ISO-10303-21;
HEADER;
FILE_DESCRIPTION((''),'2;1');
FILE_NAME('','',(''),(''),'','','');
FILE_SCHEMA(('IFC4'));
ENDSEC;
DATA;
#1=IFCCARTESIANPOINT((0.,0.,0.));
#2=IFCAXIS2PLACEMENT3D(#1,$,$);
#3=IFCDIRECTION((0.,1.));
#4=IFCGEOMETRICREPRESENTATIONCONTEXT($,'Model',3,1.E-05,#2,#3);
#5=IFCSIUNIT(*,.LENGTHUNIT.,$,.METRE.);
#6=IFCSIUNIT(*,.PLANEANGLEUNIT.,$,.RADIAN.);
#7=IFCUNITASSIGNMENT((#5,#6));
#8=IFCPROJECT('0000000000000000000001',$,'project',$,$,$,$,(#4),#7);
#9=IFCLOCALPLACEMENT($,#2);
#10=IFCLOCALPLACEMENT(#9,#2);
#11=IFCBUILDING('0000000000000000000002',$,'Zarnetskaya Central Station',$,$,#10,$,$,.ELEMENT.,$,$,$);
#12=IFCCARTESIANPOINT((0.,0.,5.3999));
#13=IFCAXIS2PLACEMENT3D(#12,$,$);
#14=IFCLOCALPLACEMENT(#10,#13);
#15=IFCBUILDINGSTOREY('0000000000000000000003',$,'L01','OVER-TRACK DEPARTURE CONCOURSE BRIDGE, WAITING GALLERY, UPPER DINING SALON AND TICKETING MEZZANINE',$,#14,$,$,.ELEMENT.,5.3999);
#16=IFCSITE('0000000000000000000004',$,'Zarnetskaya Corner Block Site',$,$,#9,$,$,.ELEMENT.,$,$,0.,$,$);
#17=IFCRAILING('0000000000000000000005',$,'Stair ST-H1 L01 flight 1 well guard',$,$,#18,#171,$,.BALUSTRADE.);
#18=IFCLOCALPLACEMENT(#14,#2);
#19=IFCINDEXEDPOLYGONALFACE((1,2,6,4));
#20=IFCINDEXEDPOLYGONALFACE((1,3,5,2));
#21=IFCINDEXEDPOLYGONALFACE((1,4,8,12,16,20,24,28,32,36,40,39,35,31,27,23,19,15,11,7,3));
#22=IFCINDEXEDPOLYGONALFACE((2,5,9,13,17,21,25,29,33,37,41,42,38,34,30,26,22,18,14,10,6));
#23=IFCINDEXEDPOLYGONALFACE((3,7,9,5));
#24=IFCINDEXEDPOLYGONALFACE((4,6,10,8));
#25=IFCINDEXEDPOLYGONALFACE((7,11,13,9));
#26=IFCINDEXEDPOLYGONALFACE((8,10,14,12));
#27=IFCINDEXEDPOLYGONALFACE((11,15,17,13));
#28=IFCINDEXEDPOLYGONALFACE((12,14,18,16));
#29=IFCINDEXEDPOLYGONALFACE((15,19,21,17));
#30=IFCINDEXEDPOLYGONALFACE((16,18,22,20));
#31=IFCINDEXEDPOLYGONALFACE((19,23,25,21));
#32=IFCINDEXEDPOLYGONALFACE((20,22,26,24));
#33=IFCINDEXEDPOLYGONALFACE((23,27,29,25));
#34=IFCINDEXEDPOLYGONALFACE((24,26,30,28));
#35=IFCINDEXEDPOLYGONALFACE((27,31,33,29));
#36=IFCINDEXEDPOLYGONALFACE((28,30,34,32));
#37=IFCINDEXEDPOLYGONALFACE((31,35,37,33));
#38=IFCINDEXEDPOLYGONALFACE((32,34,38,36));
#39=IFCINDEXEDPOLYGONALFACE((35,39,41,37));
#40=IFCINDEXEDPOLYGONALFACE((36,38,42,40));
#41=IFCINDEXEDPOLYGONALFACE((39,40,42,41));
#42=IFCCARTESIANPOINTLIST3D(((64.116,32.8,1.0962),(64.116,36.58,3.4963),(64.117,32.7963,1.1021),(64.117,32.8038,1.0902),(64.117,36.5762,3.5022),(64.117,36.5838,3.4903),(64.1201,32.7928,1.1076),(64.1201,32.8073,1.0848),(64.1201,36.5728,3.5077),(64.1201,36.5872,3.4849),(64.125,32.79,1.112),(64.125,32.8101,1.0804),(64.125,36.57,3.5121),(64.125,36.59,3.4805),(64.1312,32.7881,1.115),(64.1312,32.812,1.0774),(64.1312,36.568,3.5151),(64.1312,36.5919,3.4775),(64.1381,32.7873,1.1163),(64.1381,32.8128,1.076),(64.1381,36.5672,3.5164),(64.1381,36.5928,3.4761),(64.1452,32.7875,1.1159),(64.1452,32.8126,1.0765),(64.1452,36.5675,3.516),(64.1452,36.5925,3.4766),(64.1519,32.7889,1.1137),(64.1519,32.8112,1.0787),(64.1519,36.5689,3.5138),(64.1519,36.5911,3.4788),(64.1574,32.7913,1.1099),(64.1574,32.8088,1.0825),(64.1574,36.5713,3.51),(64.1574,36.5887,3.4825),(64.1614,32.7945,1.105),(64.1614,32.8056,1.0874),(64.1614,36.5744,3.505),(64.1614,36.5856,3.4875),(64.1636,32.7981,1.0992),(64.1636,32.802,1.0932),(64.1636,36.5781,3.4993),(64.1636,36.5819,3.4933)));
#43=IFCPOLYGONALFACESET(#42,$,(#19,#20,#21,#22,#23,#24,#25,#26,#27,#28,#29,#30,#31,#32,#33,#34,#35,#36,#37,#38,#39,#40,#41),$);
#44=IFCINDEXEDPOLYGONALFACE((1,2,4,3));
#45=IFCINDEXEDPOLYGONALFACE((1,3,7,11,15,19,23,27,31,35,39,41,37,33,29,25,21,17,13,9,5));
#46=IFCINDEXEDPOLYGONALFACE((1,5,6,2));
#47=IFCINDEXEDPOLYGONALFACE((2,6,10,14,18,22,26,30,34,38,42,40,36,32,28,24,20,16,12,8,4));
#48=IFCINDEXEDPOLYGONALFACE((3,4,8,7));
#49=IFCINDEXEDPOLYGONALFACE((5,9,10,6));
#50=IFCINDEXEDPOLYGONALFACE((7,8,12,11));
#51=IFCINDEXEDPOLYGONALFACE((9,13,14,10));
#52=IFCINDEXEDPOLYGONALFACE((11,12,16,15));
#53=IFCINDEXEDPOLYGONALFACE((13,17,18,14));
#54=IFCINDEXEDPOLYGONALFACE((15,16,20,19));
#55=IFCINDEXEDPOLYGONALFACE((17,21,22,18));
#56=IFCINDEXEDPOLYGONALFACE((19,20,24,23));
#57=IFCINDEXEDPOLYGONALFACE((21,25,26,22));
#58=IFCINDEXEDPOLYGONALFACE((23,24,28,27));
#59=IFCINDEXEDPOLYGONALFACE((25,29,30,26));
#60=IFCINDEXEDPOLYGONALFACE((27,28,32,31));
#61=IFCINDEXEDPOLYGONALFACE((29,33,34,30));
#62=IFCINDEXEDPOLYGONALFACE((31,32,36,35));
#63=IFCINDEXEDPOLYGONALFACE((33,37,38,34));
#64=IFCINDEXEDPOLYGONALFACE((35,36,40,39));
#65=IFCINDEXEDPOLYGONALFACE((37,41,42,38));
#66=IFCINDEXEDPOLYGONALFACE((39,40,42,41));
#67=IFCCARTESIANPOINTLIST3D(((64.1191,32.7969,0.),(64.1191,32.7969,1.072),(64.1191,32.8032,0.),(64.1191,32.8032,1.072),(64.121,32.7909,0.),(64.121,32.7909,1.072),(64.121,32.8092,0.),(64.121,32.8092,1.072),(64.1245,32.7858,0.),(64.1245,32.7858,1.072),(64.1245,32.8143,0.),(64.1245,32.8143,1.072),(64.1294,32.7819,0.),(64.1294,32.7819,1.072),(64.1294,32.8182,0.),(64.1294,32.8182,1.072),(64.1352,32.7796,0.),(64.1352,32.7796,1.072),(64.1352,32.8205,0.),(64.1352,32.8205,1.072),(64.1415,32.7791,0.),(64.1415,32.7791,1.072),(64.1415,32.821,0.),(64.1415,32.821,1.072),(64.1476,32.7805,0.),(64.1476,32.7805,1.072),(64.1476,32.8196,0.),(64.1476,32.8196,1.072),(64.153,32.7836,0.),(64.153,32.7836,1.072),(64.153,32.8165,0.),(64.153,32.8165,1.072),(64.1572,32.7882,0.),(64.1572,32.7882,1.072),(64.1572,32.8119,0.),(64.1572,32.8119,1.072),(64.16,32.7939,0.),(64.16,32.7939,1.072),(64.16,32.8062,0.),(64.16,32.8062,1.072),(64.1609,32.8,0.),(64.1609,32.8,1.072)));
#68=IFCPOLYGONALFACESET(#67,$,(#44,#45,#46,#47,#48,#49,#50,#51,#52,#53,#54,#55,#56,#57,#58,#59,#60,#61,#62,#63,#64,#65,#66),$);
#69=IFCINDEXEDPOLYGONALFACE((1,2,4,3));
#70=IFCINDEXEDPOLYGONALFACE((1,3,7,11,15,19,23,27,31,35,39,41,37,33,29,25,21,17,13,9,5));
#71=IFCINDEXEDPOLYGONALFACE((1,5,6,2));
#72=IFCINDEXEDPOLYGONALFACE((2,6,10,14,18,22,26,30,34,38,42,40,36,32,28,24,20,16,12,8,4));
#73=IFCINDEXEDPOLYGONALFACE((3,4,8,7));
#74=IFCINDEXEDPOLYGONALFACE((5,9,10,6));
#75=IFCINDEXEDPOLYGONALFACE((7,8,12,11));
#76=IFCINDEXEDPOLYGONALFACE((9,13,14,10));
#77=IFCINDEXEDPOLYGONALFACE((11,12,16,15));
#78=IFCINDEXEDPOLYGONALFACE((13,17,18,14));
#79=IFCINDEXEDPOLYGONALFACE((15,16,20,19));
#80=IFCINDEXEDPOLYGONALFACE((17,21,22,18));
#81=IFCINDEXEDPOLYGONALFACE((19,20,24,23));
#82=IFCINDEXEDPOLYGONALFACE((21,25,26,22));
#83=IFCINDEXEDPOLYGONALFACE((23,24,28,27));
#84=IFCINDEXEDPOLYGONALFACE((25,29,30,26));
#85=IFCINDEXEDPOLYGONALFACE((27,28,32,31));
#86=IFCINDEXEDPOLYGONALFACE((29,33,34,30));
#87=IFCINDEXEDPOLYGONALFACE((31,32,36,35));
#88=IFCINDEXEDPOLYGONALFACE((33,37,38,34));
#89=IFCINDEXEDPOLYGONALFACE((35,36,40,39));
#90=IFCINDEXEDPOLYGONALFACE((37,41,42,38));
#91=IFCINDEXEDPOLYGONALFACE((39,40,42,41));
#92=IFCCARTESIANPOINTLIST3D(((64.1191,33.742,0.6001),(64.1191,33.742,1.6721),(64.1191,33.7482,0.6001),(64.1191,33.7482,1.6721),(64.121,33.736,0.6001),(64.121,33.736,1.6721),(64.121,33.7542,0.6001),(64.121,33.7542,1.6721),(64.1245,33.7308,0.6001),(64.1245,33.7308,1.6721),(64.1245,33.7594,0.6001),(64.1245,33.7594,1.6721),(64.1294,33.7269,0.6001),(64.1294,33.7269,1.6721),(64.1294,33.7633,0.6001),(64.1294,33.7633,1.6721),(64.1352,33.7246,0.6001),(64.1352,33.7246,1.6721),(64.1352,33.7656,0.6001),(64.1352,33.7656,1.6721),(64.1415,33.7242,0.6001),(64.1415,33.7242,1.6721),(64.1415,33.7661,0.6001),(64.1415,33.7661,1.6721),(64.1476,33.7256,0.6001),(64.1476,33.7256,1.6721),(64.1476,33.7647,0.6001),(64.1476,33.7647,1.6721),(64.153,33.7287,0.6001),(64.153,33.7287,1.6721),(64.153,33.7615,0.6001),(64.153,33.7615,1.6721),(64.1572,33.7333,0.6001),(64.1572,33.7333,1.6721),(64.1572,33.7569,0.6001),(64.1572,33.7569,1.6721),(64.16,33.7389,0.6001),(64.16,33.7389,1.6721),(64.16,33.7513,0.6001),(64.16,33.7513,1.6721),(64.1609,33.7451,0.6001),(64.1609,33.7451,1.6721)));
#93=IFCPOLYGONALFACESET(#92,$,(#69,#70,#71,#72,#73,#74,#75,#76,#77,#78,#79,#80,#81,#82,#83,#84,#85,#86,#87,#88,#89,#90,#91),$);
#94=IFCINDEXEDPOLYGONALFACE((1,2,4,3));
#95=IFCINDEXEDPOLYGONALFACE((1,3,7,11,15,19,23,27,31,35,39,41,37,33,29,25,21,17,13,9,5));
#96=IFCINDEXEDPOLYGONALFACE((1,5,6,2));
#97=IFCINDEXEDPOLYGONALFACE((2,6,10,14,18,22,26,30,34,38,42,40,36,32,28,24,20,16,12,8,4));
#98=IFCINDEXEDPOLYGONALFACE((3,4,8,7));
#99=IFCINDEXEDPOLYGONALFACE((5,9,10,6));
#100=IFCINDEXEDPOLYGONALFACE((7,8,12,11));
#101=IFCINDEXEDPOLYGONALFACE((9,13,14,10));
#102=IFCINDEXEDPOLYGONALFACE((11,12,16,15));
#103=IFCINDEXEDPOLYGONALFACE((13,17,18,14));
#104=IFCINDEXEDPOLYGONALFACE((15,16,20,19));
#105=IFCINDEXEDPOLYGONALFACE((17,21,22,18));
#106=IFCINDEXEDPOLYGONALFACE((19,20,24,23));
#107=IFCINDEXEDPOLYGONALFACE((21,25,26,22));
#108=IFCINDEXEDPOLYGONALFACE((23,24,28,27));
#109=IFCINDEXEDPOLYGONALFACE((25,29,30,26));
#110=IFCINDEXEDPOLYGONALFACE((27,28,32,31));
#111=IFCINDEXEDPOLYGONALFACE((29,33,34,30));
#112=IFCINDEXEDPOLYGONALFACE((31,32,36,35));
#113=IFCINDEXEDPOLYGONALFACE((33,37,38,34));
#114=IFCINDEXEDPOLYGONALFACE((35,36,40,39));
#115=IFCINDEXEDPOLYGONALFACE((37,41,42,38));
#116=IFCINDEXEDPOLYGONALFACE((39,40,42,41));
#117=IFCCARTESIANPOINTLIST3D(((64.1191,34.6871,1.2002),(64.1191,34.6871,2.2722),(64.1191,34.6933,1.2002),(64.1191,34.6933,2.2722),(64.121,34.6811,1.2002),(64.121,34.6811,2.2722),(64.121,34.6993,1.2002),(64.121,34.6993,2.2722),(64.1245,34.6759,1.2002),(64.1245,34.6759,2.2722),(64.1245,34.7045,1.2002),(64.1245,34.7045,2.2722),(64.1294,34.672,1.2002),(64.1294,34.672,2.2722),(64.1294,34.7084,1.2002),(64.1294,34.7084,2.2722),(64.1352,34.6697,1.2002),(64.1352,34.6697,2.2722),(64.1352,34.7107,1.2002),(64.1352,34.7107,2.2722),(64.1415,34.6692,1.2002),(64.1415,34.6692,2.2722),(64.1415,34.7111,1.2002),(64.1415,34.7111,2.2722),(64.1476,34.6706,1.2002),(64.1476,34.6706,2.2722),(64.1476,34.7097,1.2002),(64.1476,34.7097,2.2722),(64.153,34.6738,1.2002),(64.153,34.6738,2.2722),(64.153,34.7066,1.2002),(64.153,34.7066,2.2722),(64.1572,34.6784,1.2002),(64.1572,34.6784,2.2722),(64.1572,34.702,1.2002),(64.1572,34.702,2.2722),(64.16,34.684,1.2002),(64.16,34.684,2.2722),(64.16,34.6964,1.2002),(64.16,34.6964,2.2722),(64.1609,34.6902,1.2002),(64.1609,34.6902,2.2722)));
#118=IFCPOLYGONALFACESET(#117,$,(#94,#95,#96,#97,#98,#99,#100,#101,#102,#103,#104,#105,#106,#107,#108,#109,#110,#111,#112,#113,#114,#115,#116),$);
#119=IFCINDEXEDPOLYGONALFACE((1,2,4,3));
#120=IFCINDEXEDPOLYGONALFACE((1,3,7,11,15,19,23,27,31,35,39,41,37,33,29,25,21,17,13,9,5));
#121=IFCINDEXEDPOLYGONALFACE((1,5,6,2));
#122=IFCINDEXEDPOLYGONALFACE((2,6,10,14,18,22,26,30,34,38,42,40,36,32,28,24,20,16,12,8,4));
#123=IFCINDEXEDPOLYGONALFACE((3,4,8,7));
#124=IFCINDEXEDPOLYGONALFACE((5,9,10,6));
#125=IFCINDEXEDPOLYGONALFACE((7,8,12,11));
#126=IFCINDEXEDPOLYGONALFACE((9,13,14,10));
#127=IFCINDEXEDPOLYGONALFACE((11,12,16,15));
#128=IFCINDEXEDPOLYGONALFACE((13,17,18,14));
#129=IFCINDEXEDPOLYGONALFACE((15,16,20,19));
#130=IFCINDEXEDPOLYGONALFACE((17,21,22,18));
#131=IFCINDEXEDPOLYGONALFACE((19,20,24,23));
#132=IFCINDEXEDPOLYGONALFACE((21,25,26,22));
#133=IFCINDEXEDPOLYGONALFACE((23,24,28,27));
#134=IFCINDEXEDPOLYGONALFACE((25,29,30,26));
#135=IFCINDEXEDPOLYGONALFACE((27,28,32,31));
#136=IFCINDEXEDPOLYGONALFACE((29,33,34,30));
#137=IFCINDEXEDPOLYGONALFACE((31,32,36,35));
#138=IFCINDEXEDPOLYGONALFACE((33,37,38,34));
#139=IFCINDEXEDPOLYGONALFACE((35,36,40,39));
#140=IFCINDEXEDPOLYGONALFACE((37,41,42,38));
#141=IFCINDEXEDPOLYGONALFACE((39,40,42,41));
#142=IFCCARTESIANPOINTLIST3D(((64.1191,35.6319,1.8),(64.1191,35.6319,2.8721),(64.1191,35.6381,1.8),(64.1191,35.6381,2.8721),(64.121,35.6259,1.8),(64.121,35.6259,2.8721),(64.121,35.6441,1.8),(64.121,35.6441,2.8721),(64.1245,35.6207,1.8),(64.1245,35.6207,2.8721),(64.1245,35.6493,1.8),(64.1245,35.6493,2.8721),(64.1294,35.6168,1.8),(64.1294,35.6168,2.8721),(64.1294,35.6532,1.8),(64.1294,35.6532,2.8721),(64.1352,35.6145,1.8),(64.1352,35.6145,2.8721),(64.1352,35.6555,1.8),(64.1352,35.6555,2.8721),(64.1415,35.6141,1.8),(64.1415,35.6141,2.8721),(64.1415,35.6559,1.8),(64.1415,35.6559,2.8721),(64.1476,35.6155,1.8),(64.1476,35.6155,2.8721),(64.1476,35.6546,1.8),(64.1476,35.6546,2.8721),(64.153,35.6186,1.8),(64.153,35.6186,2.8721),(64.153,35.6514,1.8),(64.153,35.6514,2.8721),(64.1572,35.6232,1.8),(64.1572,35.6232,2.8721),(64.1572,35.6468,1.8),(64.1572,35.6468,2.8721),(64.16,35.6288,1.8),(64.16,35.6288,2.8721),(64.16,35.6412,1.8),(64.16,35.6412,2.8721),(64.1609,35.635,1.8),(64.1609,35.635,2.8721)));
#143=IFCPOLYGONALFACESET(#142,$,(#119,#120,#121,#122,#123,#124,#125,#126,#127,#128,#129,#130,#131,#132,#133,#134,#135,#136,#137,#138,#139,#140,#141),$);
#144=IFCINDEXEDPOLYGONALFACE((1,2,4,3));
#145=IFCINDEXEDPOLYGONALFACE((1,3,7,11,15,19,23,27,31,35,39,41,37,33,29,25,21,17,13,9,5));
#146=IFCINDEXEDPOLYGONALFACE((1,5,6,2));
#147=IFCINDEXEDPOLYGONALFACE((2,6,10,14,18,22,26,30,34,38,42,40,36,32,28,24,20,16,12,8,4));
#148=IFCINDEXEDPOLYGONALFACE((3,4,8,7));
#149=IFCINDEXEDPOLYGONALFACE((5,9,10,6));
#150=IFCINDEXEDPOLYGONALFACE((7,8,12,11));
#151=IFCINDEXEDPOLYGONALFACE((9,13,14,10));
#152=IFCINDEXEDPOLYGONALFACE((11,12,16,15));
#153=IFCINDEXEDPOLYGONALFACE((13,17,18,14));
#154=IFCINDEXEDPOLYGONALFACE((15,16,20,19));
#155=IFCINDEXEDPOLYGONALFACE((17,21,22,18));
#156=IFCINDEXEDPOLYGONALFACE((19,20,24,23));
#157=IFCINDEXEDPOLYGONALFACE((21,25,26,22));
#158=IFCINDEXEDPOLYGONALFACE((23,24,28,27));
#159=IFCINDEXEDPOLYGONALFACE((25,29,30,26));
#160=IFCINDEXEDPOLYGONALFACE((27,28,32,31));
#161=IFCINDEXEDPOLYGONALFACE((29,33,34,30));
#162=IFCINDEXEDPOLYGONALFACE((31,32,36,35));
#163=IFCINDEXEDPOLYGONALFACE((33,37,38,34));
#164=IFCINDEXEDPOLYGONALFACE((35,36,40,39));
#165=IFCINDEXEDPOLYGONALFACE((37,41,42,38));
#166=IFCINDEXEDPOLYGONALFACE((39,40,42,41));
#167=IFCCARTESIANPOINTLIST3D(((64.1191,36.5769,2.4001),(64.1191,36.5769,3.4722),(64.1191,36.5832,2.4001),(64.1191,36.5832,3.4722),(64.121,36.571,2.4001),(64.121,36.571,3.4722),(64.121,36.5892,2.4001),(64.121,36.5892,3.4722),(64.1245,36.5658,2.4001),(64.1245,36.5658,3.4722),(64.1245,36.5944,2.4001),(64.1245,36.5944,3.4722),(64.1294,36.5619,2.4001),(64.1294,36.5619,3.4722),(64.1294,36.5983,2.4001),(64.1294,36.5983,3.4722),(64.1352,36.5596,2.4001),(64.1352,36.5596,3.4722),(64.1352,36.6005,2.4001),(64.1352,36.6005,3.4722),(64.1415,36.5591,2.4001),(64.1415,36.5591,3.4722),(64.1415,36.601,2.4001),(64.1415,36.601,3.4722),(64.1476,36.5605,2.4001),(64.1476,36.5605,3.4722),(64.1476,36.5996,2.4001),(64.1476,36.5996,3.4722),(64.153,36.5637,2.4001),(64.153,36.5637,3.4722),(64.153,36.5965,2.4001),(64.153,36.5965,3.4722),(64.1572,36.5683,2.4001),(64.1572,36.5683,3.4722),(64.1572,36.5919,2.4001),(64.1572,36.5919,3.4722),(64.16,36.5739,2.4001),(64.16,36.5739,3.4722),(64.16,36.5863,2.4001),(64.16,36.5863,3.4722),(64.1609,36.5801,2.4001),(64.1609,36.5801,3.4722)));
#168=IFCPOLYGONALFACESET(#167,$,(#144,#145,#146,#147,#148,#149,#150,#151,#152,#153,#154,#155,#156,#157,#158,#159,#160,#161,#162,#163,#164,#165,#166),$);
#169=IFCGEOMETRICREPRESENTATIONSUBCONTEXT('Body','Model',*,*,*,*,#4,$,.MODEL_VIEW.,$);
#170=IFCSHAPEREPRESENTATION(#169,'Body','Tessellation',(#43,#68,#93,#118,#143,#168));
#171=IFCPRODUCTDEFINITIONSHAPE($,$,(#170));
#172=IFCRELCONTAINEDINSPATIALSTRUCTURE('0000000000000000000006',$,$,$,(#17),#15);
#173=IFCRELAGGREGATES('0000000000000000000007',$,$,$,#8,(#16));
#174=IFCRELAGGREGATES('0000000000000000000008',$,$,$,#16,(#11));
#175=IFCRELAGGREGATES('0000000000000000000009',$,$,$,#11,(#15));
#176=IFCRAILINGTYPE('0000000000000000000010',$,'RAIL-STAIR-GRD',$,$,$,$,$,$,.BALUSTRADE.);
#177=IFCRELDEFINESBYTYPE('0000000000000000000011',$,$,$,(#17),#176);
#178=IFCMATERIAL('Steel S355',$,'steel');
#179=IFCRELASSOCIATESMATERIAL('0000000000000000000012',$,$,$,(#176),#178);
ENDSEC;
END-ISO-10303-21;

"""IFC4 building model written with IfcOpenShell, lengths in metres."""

from ifc_helpers import new_model, si_unit, direction, frame, origin, origin_2d, place, context, subcontext, project, spatial, circle, extrude, material, type_object, element, save


model = new_model("IFC4")

# Units and contexts
model_context = context("Model", 3, precision=1e-05, world=origin(), true_north=direction((0.0, 1.0)))
body_context = subcontext(model_context, "Body", "Model", "MODEL_VIEW")
ifc_project = project(units=[si_unit("LENGTHUNIT", "METRE"), si_unit("PLANEANGLEUNIT", "RADIAN")], contexts=[model_context])

# Site, building, storey
site_placement = place(None, origin())
site = spatial("IfcSite", under=ifc_project, at=site_placement, Name="Zarnetskaya Corner Block Site", CompositionType="ELEMENT", RefElevation=0.0)
building_placement = place(site_placement, origin())
building = spatial("IfcBuilding", under=site, at=building_placement, Name="Zarnetskaya Central Station", CompositionType="ELEMENT")
storey_placement = place(building_placement, frame((0.0, 0.0, 5.3999)))
storey = spatial("IfcBuildingStorey", under=building, at=storey_placement, Name="L01", Description="OVER-TRACK DEPARTURE CONCOURSE BRIDGE, WAITING GALLERY, UPPER DINING SALON AND TICKETING MEZZANINE", CompositionType="ELEMENT", Elevation=5.3999)

# Shared definitions
ifc_material_1 = material(Name="Steel S355", Category="steel")

# Railing
railing_type_1 = type_object("IfcRailingType", Name="RAIL-STAIR-GRD", PredefinedType="BALUSTRADE", material=ifc_material_1)
railing_1_placement = place(storey_placement, frame((64.1399, 32.8, 0.0)))
element("IfcRailing", 1, at=railing_1_placement, inside=storey, type_object=railing_type_1, Name="Stair ST-H1 L01 flight 1 well guard", PredefinedType="BALUSTRADE", context=body_context, shape_type="SweptSolid", body=[
    extrude(circle(Radius=0.0239, at=origin_2d()), frame((0.0, 0.0, 1.0962), z_axis=(0.0, 0.8442, 0.536028), x_axis=(-1.0, 0.0, 0.0)), (0.0, 0.0, 1.0), 4.4775),
    extrude(circle(Radius=0.021, at=origin_2d()), origin(), (0.0, 0.0, 1.0), 1.072),
    extrude(circle(Radius=0.021, at=origin_2d()), frame((0.0, 0.9451, 0.6001)), (0.0, 0.0, 1.0), 1.072),
    extrude(circle(Radius=0.021, at=origin_2d()), frame((0.0, 1.8901, 1.2002)), (0.0, 0.0, 1.0), 1.072),
    extrude(circle(Radius=0.021, at=origin_2d()), frame((0.0, 2.835, 1.8)), (0.0, 0.0, 1.0), 1.072),
    extrude(circle(Radius=0.021, at=origin_2d()), frame((0.0, 3.78, 2.4001)), (0.0, 0.0, 1.0), 1.072),
])

save(model, "model.ifc")
